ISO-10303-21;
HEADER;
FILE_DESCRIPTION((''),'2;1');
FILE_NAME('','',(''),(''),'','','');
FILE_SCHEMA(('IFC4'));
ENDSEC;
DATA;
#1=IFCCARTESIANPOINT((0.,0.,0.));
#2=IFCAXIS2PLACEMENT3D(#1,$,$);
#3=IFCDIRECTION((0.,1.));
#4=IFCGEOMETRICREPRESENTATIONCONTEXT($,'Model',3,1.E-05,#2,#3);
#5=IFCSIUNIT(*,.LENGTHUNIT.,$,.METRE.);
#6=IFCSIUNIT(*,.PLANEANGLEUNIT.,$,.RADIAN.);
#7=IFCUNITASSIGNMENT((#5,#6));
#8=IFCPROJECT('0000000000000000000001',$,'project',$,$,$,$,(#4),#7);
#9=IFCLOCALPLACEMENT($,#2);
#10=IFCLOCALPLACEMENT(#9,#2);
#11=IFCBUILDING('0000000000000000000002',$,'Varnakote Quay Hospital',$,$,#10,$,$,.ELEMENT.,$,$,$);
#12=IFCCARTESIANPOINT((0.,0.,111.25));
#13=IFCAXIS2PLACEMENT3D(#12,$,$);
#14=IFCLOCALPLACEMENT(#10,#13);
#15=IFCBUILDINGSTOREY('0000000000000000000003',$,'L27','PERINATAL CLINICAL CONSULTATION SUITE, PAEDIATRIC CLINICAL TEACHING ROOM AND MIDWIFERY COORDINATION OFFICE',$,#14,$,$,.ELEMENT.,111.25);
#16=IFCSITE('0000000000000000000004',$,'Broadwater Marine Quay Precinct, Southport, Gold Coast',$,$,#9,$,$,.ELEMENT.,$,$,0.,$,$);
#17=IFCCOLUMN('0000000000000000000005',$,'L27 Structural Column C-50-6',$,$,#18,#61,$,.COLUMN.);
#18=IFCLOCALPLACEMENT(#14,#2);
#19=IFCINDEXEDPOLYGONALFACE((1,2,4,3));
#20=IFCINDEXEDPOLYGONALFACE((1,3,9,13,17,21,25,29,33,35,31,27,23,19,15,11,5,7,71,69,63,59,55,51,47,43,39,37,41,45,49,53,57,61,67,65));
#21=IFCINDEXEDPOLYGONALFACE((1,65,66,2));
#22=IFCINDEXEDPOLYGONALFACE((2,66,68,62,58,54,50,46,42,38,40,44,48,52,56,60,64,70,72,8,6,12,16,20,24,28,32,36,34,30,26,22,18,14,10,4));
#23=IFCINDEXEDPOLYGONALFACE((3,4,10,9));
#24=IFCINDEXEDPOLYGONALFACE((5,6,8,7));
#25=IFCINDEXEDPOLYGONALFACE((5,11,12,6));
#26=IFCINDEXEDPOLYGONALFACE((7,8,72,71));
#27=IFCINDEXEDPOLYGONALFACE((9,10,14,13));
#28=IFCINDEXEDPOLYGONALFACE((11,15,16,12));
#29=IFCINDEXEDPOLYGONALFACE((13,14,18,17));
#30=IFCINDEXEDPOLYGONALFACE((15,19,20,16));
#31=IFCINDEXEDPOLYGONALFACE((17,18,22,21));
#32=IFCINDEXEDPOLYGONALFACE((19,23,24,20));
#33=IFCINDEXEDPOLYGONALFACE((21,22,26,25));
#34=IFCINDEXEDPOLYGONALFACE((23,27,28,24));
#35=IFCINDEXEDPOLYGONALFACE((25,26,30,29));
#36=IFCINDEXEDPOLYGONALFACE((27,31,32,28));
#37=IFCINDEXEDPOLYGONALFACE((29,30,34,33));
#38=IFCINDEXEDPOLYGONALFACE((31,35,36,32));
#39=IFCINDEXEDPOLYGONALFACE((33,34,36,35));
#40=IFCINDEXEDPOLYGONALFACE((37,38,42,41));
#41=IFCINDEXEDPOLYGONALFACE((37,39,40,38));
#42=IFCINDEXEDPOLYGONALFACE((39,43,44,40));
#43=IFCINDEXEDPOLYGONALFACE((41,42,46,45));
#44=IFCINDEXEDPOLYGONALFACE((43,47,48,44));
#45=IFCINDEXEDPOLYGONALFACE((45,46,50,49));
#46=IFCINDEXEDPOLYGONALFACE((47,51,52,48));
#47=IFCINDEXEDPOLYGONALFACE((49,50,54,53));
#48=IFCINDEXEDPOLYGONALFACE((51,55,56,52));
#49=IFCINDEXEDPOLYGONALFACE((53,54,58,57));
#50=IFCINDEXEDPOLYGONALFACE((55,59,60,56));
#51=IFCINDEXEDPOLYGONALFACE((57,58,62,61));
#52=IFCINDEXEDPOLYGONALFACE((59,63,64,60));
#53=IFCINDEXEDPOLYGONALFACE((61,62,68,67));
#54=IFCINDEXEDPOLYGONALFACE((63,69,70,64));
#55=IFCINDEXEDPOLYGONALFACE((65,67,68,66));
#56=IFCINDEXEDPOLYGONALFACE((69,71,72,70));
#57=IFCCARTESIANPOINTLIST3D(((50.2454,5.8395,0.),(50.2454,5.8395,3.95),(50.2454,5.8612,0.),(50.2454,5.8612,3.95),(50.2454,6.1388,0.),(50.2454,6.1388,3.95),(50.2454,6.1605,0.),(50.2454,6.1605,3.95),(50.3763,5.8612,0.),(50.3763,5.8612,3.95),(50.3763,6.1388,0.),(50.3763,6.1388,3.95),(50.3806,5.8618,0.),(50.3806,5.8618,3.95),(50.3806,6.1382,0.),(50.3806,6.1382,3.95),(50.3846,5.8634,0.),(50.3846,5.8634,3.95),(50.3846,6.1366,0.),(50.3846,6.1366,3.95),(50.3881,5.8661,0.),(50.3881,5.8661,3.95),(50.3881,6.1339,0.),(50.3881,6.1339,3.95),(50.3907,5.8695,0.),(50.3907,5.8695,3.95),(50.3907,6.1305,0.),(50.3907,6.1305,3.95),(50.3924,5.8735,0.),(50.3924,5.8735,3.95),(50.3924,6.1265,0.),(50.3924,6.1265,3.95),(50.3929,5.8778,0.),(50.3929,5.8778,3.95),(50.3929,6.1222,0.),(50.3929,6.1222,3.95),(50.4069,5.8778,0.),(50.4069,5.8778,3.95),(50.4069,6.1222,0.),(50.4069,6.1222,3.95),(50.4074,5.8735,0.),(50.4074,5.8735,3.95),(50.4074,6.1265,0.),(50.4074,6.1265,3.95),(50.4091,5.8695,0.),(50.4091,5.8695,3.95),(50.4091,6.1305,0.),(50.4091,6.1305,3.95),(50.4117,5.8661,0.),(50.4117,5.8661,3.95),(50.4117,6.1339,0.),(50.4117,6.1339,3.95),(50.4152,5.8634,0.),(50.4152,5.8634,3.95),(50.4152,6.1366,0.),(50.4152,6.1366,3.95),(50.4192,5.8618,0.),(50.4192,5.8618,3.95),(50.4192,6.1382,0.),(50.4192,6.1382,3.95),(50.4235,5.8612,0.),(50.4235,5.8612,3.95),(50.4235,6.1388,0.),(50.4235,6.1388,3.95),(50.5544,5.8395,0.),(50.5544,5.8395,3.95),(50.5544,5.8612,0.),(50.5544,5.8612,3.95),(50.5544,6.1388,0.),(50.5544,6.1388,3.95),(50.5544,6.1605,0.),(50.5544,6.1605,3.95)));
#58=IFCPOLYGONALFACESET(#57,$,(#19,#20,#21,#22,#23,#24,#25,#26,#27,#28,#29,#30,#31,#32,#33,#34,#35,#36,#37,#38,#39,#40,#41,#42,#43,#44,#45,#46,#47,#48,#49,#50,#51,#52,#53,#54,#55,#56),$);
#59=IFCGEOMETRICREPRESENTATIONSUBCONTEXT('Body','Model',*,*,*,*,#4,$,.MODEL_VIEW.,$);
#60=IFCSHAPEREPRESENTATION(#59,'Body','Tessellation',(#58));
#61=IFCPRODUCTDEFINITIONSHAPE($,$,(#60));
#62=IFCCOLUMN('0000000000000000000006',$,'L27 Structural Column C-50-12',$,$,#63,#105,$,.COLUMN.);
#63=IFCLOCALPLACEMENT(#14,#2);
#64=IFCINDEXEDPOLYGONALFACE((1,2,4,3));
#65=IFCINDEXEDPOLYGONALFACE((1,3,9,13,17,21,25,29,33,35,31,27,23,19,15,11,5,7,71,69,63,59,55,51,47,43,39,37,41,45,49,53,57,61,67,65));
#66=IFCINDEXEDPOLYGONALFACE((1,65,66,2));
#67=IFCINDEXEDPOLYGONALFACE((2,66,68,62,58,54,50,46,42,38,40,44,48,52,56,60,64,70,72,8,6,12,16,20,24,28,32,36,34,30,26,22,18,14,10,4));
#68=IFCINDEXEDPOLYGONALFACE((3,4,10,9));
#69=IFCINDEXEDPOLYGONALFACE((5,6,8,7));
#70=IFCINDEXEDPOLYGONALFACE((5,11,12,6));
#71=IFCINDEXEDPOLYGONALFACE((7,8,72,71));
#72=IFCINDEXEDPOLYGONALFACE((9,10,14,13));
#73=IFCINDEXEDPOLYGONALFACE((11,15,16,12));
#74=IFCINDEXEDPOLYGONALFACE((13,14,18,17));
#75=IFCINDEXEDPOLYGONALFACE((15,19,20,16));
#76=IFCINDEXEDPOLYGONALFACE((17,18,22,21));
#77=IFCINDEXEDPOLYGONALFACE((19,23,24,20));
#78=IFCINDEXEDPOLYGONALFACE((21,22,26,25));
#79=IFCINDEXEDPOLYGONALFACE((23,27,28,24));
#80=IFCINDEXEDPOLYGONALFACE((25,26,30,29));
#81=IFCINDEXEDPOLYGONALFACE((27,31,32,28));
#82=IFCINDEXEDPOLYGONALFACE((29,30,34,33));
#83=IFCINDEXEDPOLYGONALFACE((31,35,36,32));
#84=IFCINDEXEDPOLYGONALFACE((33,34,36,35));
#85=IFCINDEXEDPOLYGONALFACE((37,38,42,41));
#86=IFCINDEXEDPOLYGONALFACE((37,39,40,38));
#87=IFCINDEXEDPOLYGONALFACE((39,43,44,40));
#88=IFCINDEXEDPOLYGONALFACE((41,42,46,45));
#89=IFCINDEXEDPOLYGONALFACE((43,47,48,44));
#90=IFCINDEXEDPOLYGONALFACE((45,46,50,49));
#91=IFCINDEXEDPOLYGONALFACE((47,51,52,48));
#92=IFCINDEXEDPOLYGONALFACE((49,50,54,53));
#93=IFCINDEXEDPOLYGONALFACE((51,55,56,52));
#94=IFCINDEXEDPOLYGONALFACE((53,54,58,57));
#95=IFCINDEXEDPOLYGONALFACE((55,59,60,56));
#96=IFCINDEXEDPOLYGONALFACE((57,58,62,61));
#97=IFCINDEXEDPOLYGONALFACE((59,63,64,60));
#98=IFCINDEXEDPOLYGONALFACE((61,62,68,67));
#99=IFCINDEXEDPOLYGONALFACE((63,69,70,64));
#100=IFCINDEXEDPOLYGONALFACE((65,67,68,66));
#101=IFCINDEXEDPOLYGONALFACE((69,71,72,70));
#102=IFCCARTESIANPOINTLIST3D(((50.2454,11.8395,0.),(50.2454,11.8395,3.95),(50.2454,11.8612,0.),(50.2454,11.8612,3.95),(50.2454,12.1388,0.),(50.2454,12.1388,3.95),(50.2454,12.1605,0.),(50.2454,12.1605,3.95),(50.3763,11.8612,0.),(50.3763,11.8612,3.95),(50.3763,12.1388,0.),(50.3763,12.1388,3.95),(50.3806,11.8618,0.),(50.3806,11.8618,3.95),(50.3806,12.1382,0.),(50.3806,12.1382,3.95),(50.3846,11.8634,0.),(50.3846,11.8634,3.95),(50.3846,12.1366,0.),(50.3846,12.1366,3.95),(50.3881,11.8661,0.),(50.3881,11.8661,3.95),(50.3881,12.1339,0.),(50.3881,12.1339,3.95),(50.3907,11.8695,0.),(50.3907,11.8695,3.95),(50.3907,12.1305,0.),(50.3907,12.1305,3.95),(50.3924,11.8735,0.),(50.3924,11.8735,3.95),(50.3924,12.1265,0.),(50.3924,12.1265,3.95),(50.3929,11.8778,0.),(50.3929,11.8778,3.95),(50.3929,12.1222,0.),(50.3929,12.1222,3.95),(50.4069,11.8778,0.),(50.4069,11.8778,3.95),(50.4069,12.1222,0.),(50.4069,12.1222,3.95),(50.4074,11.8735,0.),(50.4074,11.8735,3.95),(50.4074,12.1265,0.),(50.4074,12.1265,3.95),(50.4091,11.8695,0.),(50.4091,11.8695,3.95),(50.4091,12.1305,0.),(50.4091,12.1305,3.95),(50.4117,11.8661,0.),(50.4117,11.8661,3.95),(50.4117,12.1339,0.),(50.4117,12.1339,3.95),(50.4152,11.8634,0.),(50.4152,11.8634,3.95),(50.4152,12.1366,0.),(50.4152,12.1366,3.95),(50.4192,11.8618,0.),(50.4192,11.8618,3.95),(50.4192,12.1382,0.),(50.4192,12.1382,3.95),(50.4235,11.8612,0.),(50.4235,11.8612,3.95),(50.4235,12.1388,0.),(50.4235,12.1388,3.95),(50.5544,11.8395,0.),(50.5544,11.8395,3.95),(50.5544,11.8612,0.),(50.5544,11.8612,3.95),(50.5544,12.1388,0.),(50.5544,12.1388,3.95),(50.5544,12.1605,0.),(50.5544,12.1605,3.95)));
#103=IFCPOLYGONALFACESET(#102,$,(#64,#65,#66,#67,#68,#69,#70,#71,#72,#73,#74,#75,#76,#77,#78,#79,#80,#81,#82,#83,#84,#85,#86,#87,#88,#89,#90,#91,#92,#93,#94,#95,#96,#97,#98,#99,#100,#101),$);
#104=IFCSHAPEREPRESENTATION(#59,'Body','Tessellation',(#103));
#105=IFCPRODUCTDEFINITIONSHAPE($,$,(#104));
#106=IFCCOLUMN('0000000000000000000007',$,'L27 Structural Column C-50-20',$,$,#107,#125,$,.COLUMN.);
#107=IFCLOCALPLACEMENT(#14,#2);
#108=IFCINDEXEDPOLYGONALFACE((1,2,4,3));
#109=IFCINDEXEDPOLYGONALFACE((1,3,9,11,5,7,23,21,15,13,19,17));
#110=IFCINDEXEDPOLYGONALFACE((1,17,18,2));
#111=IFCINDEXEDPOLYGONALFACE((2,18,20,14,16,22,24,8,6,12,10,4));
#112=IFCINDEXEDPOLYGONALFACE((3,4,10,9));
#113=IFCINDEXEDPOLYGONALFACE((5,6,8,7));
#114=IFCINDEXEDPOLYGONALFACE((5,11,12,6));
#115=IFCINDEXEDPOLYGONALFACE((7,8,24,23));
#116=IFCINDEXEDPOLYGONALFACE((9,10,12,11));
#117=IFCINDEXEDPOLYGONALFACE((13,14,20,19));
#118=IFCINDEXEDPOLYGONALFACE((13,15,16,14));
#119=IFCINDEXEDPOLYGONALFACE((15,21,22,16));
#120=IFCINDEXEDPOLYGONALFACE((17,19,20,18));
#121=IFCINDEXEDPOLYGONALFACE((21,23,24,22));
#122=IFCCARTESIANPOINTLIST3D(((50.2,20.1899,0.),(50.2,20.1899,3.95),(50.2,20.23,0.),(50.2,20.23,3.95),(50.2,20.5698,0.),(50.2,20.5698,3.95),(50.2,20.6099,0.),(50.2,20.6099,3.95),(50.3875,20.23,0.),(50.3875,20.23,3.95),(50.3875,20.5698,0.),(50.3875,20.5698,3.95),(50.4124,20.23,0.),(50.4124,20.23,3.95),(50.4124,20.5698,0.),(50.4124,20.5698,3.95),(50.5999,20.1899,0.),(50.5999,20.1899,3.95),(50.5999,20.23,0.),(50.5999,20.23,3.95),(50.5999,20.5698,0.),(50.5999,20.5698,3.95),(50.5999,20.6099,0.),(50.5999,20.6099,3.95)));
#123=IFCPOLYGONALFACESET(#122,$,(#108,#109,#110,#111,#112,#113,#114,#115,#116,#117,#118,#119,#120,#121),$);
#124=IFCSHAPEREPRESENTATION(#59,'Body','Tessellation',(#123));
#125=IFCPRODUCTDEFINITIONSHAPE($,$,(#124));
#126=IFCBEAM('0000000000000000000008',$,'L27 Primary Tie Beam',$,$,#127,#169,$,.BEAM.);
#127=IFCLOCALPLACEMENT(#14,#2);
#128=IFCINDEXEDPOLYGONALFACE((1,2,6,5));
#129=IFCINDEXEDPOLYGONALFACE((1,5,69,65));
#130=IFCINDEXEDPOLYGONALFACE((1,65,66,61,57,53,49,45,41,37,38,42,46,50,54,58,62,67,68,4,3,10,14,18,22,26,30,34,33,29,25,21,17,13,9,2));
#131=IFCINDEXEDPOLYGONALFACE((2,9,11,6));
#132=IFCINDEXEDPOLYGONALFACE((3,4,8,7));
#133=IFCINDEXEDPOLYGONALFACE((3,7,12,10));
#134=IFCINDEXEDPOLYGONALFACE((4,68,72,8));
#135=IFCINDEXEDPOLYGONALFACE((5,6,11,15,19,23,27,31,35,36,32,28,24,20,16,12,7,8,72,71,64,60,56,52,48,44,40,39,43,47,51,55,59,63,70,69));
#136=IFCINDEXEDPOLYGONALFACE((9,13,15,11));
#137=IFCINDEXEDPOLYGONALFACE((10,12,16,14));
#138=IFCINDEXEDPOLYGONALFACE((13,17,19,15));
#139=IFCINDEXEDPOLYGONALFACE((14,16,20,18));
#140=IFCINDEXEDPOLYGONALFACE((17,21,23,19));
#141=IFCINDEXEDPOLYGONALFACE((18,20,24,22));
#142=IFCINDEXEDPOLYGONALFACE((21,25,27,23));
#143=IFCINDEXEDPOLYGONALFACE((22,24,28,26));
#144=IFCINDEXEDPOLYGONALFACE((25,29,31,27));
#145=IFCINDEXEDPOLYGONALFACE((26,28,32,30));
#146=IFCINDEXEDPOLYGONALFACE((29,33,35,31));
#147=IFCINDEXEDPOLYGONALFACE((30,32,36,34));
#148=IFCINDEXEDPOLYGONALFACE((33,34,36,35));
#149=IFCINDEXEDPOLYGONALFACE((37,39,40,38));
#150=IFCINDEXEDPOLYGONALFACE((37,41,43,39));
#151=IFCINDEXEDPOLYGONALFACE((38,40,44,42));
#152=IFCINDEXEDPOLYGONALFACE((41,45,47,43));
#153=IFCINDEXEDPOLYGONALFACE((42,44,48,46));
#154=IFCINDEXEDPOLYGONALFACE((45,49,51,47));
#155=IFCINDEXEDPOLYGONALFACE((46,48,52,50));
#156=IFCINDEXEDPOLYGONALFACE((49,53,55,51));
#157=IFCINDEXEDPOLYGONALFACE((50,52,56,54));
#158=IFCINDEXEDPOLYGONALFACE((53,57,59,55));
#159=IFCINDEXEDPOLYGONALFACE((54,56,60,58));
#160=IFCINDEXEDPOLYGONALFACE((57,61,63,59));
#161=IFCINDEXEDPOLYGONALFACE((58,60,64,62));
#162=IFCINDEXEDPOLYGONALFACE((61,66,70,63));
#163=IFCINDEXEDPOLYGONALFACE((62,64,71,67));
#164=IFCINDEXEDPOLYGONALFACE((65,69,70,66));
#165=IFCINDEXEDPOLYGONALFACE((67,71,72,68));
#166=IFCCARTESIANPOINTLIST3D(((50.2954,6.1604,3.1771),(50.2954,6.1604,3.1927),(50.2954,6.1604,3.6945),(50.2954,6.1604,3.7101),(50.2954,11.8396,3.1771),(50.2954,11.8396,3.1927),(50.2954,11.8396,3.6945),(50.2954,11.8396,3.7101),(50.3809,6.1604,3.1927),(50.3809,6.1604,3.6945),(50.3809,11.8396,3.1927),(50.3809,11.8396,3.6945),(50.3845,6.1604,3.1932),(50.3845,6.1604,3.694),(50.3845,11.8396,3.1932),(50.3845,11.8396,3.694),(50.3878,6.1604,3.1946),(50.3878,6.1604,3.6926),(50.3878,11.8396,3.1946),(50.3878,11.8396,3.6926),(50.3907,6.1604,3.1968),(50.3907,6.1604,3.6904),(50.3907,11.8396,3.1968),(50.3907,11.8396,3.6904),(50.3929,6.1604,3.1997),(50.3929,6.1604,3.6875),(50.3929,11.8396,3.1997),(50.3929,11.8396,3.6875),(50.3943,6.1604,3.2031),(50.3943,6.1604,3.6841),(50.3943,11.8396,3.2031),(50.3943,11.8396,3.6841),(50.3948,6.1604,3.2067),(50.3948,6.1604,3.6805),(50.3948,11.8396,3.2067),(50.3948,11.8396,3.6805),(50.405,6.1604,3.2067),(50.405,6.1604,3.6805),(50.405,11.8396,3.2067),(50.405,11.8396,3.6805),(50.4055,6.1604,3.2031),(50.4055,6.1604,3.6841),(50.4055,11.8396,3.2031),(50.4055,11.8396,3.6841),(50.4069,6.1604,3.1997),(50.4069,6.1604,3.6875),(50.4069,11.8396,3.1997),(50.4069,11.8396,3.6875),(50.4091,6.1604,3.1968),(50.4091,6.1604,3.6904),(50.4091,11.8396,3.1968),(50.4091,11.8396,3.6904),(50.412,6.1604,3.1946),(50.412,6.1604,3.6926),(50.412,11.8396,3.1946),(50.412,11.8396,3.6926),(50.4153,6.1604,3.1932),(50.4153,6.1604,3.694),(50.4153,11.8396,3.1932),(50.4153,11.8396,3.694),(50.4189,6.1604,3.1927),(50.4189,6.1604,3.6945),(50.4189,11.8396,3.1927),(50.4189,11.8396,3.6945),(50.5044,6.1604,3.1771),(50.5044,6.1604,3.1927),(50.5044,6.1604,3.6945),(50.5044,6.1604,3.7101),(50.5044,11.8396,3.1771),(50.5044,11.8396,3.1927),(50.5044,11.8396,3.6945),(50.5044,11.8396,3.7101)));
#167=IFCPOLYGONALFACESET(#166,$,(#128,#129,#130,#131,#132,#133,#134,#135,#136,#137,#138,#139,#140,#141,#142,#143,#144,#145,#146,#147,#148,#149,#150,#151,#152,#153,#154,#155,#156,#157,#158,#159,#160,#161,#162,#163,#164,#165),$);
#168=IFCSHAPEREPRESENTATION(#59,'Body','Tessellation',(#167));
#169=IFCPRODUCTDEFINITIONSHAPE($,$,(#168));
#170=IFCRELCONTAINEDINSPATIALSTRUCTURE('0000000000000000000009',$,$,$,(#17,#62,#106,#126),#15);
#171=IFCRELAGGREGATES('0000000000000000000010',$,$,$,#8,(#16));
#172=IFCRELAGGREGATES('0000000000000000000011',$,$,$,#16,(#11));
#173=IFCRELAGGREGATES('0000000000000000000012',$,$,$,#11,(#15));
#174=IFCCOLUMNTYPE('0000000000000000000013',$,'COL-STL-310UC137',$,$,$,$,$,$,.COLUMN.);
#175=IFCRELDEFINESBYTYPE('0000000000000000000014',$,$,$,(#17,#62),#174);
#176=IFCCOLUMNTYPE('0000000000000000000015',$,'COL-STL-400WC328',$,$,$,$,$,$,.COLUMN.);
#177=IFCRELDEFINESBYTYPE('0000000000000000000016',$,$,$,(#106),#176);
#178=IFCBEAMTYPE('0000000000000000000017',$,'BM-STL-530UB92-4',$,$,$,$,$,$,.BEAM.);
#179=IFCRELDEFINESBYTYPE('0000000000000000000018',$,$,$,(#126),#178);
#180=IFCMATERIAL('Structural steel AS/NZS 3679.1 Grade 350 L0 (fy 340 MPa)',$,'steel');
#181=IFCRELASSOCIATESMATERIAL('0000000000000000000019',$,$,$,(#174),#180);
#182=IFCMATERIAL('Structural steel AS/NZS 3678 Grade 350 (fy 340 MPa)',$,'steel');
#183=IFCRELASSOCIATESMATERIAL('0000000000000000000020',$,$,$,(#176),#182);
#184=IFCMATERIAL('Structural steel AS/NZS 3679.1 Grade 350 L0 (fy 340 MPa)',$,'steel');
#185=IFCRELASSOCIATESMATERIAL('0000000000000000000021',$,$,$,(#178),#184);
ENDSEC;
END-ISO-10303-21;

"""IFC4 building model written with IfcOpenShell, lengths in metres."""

from ifc_helpers import new_model, si_unit, direction, frame, origin, origin_2d, place, context, subcontext, project, spatial, i_section, extrude, material, material_profile, profile_set, type_object, element, save


model = new_model("IFC4")

# Units and contexts
model_context = context("Model", 3, precision=1e-05, world=origin(), true_north=direction((0.0, 1.0)))
body_context = subcontext(model_context, "Body", "Model", "MODEL_VIEW")
ifc_project = project(units=[si_unit("LENGTHUNIT", "METRE"), si_unit("PLANEANGLEUNIT", "RADIAN")], contexts=[model_context])

# Site, building, storey
site_placement = place(None, origin())
site = spatial("IfcSite", under=ifc_project, at=site_placement, Name="Broadwater Marine Quay Precinct, Southport, Gold Coast", CompositionType="ELEMENT", RefElevation=0.0)
building_placement = place(site_placement, origin())
building = spatial("IfcBuilding", under=site, at=building_placement, Name="Varnakote Quay Hospital", CompositionType="ELEMENT")
storey_placement = place(building_placement, frame((0.0, 0.0, 111.25)))
storey = spatial("IfcBuildingStorey", under=building, at=storey_placement, Name="L27", Description="PERINATAL CLINICAL CONSULTATION SUITE, PAEDIATRIC CLINICAL TEACHING ROOM AND MIDWIFERY COORDINATION OFFICE", CompositionType="ELEMENT", Elevation=111.25)

# Columns
ifc_material_1 = material(Name="Structural steel AS/NZS 3679.1 Grade 350 L0 (fy 340 MPa)", Category="steel")
ifc_material_profile_1 = material_profile(ifc_material_1, i_section(OverallWidth=0.3091, OverallDepth=0.321, WebThickness=0.0139, FlangeThickness=0.0217, FilletRadius=0.0166, at=origin_2d()), Name="310UC137")
ifc_profile_set_1 = profile_set([ifc_material_profile_1], Name="Structural steel AS/NZS 3679.1 Grade 350 L0 (fy 340 MPa)")
column_type_1 = type_object("IfcColumnType", Name="COL-STL-310UC137", PredefinedType="COLUMN", material=ifc_profile_set_1)
for number, where, z_axis, x_axis, name in (
    (1, (50.3999, 6.0, 0.0), (0.0, 0.0, 1.0), (1.0, 0.0, 0.0), "L27 Structural Column C-50-6"),
    (2, (50.3999, 12.0, 0.0), (0.0, 0.0, 1.0), (1.0, 0.0, 0.0), "L27 Structural Column C-50-12"),
):
    element("IfcColumn", number, at=place(storey_placement, frame(where, z_axis=z_axis, x_axis=x_axis)), inside=storey, type_object=column_type_1, Name=name, PredefinedType="COLUMN", context=body_context, shape_type="SweptSolid", body=[
        extrude(i_section(OverallWidth=0.3091, OverallDepth=0.321, WebThickness=0.0139, FlangeThickness=0.0217, FilletRadius=0.0166, at=origin_2d()), origin(), (0.0, 0.0, 1.0), 3.95),
    ])
ifc_material_2 = material(Name="Structural steel AS/NZS 3678 Grade 350 (fy 340 MPa)", Category="steel")
ifc_material_profile_2 = material_profile(ifc_material_2, i_section(OverallWidth=0.3999, OverallDepth=0.4199, WebThickness=0.0249, FlangeThickness=0.04, at=origin_2d()), Name="400WC328")
ifc_profile_set_2 = profile_set([ifc_material_profile_2], Name="Structural steel AS/NZS 3678 Grade 350 (fy 340 MPa)")
column_type_2 = type_object("IfcColumnType", Name="COL-STL-400WC328", PredefinedType="COLUMN", material=ifc_profile_set_2)
column_placement = place(storey_placement, frame((50.3999, 20.3999, 0.0), z_axis=(0.0, 0.0, 1.0), x_axis=(1.0, 0.0, 0.0)))
element("IfcColumn", 3, at=column_placement, inside=storey, type_object=column_type_2, Name="L27 Structural Column C-50-20", PredefinedType="COLUMN", context=body_context, shape_type="SweptSolid", body=[
    extrude(i_section(OverallWidth=0.3999, OverallDepth=0.4199, WebThickness=0.0249, FlangeThickness=0.04, at=origin_2d()), origin(), (0.0, 0.0, 1.0), 3.95),
])

# Beam
ifc_material_3 = material(Name="Structural steel AS/NZS 3679.1 Grade 350 L0 (fy 340 MPa)", Category="steel")
ifc_material_profile_3 = material_profile(ifc_material_3, i_section(OverallWidth=0.209, OverallDepth=0.533, WebThickness=0.0103, FlangeThickness=0.0156, FilletRadius=0.0139, at=origin_2d()), Name="530UB92.4")
ifc_profile_set_3 = profile_set([ifc_material_profile_3], Name="Structural steel AS/NZS 3679.1 Grade 350 L0 (fy 340 MPa)")
beam_type = type_object("IfcBeamType", Name="BM-STL-530UB92-4", PredefinedType="BEAM", material=ifc_profile_set_3)
beam_1_placement = place(storey_placement, frame((50.3999, 6.1604, 3.4436), z_axis=(0.0, 1.0, 0.0), x_axis=(-1.0, 0.0, 0.0)))
element("IfcBeam", 4, at=beam_1_placement, inside=storey, type_object=beam_type, Name="L27 Primary Tie Beam", PredefinedType="BEAM", context=body_context, shape_type="SweptSolid", body=[
    extrude(i_section(OverallWidth=0.209, OverallDepth=0.533, WebThickness=0.0103, FlangeThickness=0.0156, FilletRadius=0.0139, at=origin_2d()), origin(), (0.0, 0.0, 1.0), 5.6792),
])

save(model, "model.ifc")
